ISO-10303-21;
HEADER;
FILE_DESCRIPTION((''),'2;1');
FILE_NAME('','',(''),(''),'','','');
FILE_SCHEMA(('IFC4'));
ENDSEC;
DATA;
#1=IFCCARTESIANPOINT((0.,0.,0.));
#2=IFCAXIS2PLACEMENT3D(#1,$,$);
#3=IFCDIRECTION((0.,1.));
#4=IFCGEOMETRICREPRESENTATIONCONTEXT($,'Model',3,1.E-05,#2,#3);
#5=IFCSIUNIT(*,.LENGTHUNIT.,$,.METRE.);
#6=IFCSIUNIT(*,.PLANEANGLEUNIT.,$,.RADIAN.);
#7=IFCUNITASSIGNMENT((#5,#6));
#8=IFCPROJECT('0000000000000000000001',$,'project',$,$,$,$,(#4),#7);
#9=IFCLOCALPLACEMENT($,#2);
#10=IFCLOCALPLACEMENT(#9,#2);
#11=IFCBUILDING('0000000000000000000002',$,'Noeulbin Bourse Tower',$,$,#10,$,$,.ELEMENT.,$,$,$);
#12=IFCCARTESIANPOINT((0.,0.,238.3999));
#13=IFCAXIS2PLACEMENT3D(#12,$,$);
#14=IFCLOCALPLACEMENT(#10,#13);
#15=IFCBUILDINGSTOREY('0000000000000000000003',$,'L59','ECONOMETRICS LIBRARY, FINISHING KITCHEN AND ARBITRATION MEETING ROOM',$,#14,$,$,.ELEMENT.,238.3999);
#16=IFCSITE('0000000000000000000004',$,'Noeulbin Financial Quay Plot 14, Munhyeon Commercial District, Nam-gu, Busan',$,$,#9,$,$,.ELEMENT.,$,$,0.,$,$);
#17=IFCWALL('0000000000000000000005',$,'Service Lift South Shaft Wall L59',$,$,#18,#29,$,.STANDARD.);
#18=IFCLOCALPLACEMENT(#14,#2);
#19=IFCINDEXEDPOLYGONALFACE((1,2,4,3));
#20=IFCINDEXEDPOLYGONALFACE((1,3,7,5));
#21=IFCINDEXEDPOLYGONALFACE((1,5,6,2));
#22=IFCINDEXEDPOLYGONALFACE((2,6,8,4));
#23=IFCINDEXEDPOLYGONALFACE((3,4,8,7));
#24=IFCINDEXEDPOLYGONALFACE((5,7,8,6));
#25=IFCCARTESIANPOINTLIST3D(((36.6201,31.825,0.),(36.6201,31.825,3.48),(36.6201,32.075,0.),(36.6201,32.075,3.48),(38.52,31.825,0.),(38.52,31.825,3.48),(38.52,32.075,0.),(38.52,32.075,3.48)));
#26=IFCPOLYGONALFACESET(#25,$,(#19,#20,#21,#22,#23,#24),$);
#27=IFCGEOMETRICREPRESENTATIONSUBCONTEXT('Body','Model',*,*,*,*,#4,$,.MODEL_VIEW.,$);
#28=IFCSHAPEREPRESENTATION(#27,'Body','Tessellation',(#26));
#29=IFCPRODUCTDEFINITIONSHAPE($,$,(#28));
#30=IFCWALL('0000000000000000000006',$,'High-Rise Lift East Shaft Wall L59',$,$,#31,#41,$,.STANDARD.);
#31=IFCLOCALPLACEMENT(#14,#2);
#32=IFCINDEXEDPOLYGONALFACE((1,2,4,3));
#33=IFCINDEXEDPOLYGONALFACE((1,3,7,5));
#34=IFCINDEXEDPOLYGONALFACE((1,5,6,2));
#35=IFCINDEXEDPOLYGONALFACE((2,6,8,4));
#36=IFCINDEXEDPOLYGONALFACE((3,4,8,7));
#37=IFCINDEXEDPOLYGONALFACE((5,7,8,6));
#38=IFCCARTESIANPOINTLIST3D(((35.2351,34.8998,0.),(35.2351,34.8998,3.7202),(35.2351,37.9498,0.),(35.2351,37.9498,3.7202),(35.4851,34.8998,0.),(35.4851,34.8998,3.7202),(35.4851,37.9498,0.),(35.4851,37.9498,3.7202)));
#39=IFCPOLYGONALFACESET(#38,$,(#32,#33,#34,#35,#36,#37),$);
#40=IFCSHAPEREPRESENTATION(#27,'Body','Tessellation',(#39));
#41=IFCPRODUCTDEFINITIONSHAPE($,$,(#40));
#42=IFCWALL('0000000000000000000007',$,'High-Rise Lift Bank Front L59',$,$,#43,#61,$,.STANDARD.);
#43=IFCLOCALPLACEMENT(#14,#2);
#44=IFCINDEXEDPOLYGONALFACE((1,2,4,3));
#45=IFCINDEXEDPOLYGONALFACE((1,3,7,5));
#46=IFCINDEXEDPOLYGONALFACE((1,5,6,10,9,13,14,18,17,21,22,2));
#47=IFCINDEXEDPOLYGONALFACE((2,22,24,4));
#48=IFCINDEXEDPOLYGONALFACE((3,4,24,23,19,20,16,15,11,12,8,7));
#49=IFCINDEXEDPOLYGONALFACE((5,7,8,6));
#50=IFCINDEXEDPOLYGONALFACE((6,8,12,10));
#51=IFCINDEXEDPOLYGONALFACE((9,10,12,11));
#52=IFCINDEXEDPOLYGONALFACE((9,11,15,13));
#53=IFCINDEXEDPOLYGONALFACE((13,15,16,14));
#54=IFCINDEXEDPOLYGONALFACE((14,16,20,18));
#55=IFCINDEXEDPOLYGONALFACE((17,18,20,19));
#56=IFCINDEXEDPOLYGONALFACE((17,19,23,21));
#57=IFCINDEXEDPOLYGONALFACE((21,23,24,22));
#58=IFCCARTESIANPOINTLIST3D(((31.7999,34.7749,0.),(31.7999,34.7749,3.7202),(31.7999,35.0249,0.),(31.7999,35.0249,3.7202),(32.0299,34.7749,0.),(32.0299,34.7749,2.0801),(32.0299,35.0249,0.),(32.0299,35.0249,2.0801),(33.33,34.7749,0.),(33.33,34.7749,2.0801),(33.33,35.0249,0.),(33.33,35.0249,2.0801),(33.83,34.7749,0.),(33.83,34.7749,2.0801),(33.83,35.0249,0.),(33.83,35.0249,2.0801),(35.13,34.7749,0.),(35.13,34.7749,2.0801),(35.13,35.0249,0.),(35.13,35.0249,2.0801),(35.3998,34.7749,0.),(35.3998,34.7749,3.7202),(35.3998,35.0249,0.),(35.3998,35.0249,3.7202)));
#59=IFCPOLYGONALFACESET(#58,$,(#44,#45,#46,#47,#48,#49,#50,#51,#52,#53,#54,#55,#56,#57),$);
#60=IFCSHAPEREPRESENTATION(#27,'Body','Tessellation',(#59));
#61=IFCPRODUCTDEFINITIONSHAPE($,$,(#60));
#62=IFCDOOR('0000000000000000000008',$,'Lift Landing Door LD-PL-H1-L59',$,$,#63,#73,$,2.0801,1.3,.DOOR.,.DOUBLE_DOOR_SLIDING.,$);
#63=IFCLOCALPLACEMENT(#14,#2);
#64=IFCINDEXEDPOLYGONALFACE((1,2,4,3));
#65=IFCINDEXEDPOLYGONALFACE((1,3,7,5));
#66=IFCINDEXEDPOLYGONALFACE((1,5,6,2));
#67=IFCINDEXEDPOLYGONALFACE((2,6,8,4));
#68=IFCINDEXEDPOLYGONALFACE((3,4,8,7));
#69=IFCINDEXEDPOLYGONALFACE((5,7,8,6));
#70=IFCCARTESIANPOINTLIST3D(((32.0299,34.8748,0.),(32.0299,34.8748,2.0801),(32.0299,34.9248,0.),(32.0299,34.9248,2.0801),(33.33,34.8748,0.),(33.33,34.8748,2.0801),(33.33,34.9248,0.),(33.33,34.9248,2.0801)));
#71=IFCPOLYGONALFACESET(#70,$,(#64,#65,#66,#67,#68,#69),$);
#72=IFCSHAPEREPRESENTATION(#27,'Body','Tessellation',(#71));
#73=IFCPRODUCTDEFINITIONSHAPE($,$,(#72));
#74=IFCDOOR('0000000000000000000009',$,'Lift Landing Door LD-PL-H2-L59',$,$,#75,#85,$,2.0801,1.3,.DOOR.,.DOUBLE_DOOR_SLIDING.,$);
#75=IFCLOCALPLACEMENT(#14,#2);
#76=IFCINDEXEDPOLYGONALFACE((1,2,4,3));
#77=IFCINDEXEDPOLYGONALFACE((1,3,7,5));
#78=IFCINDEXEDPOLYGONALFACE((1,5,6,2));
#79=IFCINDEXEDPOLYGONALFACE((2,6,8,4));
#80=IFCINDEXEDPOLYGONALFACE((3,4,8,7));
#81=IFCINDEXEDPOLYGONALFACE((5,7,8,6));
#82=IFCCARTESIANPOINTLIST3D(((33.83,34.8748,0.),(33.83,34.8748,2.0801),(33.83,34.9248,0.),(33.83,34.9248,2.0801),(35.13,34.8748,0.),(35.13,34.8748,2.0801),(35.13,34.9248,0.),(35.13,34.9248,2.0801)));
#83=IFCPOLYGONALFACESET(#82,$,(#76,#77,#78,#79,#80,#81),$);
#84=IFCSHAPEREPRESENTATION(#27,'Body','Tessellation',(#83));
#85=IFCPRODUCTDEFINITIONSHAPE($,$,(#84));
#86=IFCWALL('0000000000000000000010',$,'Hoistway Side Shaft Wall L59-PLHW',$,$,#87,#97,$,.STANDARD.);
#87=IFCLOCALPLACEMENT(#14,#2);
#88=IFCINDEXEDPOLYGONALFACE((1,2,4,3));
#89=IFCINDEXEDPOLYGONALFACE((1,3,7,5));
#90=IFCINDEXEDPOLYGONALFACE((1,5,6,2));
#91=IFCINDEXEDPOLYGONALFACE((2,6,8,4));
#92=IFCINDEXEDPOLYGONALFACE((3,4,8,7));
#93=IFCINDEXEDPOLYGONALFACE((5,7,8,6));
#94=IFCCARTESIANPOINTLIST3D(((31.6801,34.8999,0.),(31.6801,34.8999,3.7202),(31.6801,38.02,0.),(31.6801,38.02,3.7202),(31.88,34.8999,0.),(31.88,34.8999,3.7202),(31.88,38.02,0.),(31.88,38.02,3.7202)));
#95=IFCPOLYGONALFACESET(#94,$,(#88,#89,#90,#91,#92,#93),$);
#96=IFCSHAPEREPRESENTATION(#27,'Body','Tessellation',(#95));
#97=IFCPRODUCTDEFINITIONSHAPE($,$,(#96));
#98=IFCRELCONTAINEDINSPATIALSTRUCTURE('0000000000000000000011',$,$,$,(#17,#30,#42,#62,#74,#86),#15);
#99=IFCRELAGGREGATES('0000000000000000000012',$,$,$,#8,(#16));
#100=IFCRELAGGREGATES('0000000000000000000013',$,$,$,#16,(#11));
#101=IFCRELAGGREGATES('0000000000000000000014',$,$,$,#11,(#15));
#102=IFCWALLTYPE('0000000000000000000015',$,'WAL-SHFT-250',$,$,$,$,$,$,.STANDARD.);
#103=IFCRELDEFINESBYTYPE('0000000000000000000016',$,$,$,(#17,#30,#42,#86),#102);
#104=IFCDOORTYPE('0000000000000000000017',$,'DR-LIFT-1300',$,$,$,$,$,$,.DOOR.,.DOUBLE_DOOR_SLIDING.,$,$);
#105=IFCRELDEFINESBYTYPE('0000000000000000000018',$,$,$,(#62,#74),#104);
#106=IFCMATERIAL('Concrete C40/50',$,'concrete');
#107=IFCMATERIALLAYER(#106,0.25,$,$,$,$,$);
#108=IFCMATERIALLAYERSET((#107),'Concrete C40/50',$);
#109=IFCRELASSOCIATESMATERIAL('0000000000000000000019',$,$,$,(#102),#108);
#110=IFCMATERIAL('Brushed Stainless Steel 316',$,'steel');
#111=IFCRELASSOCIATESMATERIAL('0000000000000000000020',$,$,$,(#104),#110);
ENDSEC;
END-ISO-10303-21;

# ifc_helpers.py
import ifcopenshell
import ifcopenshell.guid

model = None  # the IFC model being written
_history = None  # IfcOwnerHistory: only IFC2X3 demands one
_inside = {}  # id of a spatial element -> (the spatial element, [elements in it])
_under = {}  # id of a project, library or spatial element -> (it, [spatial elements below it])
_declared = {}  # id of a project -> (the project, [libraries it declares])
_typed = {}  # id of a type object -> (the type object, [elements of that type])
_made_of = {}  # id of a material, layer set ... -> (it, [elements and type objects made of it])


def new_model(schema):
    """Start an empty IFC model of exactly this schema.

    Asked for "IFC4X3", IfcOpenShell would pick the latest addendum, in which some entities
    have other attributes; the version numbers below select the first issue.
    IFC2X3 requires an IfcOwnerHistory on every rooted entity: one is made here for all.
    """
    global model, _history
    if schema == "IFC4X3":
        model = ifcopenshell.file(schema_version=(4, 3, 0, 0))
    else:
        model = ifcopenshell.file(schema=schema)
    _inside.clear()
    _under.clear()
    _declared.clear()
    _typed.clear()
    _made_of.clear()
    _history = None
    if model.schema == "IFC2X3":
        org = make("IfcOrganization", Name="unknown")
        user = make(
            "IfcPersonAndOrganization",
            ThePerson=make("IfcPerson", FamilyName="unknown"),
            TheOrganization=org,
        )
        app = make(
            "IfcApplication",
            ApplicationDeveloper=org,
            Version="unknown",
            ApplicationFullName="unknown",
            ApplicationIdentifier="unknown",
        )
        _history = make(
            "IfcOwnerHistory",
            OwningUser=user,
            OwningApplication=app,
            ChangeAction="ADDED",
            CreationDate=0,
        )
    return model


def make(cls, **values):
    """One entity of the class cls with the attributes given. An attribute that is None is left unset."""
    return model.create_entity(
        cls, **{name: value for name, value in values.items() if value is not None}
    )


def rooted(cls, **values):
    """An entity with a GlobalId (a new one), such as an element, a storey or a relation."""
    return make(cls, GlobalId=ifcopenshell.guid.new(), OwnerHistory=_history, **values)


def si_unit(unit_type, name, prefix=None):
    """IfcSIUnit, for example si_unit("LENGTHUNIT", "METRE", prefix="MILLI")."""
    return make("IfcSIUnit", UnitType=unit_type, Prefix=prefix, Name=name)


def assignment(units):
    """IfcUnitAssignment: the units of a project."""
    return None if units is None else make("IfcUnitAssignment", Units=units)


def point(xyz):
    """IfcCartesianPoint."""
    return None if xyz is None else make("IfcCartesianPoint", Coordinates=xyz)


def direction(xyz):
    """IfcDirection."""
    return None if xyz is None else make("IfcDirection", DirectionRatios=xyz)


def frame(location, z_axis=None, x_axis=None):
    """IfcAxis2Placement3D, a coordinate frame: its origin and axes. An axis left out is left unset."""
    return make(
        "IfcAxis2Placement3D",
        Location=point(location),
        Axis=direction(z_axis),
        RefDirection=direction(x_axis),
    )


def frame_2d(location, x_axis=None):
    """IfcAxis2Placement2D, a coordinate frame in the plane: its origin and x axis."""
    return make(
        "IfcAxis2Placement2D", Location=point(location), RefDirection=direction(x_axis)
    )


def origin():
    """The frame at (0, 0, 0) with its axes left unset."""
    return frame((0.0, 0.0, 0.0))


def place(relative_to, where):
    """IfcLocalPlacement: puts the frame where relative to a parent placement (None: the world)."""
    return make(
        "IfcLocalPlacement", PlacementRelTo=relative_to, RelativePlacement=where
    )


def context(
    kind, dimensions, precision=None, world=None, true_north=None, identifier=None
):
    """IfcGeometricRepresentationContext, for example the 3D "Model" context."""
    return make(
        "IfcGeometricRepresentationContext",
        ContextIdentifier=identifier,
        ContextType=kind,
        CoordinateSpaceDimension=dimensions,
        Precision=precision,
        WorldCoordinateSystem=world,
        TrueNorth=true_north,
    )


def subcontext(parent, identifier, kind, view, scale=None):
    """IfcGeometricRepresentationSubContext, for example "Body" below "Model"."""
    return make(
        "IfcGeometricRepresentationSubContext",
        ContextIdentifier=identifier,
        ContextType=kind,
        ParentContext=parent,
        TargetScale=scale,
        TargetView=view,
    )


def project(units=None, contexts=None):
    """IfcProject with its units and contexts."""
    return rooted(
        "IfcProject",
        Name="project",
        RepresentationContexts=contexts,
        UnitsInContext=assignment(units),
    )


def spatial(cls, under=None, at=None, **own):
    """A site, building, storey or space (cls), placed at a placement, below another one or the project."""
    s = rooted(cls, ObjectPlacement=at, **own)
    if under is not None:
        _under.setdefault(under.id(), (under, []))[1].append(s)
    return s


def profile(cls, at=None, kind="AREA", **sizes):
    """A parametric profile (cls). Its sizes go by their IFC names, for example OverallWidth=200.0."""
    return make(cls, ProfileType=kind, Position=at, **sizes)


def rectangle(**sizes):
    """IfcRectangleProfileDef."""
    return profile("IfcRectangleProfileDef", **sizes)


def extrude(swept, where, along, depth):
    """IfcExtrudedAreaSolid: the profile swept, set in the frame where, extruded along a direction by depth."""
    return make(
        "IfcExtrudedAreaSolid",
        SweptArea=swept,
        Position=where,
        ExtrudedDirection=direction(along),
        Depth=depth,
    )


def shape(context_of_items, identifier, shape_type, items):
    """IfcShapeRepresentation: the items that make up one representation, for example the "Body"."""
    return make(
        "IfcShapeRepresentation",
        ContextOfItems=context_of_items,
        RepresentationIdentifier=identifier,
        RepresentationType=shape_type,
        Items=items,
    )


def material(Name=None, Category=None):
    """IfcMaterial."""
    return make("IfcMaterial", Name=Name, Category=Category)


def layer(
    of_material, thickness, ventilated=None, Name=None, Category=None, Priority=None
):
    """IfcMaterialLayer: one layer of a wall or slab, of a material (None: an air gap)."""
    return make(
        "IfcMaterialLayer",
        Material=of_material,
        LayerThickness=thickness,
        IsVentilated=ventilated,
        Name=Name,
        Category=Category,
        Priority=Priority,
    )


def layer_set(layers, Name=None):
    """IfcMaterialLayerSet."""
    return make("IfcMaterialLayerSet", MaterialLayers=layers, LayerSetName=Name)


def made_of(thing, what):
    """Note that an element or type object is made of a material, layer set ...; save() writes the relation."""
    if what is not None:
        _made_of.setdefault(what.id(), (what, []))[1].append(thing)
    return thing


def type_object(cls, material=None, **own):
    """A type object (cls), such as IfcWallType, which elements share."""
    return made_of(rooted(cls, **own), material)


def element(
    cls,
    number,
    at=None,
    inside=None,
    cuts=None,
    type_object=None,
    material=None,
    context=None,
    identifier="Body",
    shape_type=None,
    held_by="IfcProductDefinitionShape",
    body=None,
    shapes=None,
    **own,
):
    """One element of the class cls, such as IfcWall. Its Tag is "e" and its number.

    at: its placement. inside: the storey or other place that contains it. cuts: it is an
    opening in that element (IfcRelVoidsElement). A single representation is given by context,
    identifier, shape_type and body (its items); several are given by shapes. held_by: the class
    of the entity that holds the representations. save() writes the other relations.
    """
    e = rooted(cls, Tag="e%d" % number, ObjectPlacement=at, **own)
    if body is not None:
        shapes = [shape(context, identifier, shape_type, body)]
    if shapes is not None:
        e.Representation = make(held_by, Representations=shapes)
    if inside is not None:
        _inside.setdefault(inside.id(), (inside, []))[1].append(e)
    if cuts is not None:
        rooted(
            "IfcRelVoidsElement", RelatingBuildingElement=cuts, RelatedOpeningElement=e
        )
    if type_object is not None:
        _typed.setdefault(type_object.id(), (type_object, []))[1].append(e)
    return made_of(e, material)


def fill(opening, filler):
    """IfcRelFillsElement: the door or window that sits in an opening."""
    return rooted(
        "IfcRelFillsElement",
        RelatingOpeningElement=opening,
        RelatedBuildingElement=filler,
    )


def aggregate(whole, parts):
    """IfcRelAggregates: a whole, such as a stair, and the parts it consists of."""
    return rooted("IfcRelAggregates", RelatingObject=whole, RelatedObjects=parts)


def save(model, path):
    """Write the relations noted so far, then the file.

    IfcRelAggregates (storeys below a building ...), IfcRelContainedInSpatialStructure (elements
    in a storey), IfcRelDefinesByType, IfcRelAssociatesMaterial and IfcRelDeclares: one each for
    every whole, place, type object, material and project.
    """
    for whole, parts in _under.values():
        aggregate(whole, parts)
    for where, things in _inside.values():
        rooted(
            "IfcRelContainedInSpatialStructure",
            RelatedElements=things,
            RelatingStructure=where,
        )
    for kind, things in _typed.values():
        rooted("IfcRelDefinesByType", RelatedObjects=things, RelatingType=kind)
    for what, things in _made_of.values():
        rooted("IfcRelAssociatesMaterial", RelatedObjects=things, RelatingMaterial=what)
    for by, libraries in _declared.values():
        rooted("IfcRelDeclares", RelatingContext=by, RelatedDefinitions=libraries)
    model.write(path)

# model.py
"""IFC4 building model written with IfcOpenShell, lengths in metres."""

from ifc_helpers import new_model, si_unit, direction, frame, frame_2d, origin, place, context, subcontext, project, spatial, rectangle, extrude, material, layer, layer_set, type_object, element, fill, save


model = new_model("IFC4")

# Units and contexts
model_context = context("Model", 3, precision=1e-05, world=origin(), true_north=direction((0.0, 1.0)))
body_context = subcontext(model_context, "Body", "Model", "MODEL_VIEW")
ifc_project = project(units=[si_unit("LENGTHUNIT", "METRE"), si_unit("PLANEANGLEUNIT", "RADIAN")], contexts=[model_context])

# Site, building, storey
site_placement = place(None, origin())
site = spatial("IfcSite", under=ifc_project, at=site_placement, Name="Noeulbin Financial Quay Plot 14, Munhyeon Commercial District, Nam-gu, Busan", CompositionType="ELEMENT", RefElevation=0.0)
building_placement = place(site_placement, origin())
building = spatial("IfcBuilding", under=site, at=building_placement, Name="Noeulbin Bourse Tower", CompositionType="ELEMENT")
storey_placement = place(building_placement, frame((0.0, 0.0, 238.3999)))
storey = spatial("IfcBuildingStorey", under=building, at=storey_placement, Name="L59", Description="ECONOMETRICS LIBRARY, FINISHING KITCHEN AND ARBITRATION MEETING ROOM", CompositionType="ELEMENT", Elevation=238.3999)

# Walls
ifc_material_1 = material(Name="Concrete C40/50", Category="concrete")
ifc_layer_1 = layer(ifc_material_1, 0.25)
ifc_layer_set_1 = layer_set([ifc_layer_1], Name="Concrete C40/50")
wall_type = type_object("IfcWallType", Name="WAL-SHFT-250", PredefinedType="STANDARD", material=ifc_layer_set_1)
wall_1_placement = place(storey_placement, frame((36.6201, 31.95, 0.0), z_axis=(0.0, 0.0, 1.0), x_axis=(1.0, 0.0, 0.0)))
element("IfcWall", 1, at=wall_1_placement, inside=storey, type_object=wall_type, Name="Service Lift South Shaft Wall L59", PredefinedType="STANDARD", context=body_context, shape_type="SweptSolid", body=[
    extrude(rectangle(XDim=1.8999, YDim=0.25, at=frame_2d((0.95, 0.0))), origin(), (0.0, 0.0, 1.0), 3.48),
])
wall_2_placement = place(storey_placement, frame((35.3601, 34.8999, 0.0), z_axis=(0.0, 0.0, 1.0), x_axis=(0.0, 1.0, 0.0)))
element("IfcWall", 2, at=wall_2_placement, inside=storey, type_object=wall_type, Name="High-Rise Lift East Shaft Wall L59", PredefinedType="STANDARD", context=body_context, shape_type="SweptSolid", body=[
    extrude(rectangle(XDim=3.05, YDim=0.25, at=frame_2d((1.5249, 0.0))), origin(), (0.0, 0.0, 1.0), 3.7202),
])

# Wall, openings, doors
wall_3_placement = place(storey_placement, frame((31.8, 34.8999, 0.0), z_axis=(0.0, 0.0, 1.0), x_axis=(1.0, 0.0, 0.0)))
wall_3 = element("IfcWall", 3, at=wall_3_placement, inside=storey, type_object=wall_type, Name="High-Rise Lift Bank Front L59", PredefinedType="STANDARD", context=body_context, shape_type="SweptSolid", body=[
    extrude(rectangle(XDim=3.5999, YDim=0.25, at=frame_2d((1.7998, 0.0))), origin(), (0.0, 0.0, 1.0), 3.7202),
])
opening_1_placement = place(wall_3_placement, frame((0.23, 0.0, 0.0)))
opening_1 = element("IfcOpeningElement", 4, at=opening_1_placement, cuts=wall_3, PredefinedType="OPENING", context=body_context, shape_type="SweptSolid", body=[
    extrude(rectangle(XDim=1.3, YDim=2.0801, at=frame_2d((0.6499, 1.04))), frame((0.0, 0.135, 0.0), z_axis=(0.0, -1.0, 0.0), x_axis=(1.0, 0.0, 0.0)), (0.0, 0.0, 1.0), 0.27),
])
opening_2_placement = place(wall_3_placement, frame((2.03, 0.0, 0.0)))
opening_2 = element("IfcOpeningElement", 5, at=opening_2_placement, cuts=wall_3, PredefinedType="OPENING", context=body_context, shape_type="SweptSolid", body=[
    extrude(rectangle(XDim=1.3, YDim=2.0801, at=frame_2d((0.6499, 1.04))), frame((0.0, 0.135, 0.0), z_axis=(0.0, -1.0, 0.0), x_axis=(1.0, 0.0, 0.0)), (0.0, 0.0, 1.0), 0.27),
])
ifc_material_2 = material(Name="Brushed Stainless Steel 316", Category="steel")
door_type = type_object("IfcDoorType", Name="DR-LIFT-1300", OperationType="DOUBLE_DOOR_SLIDING", PredefinedType="DOOR", material=ifc_material_2)
door_1_placement = place(opening_1_placement, origin())
door_1 = element("IfcDoor", 6, at=door_1_placement, inside=storey, type_object=door_type, Name="Lift Landing Door LD-PL-H1-L59", OperationType="DOUBLE_DOOR_SLIDING", OverallHeight=2.0801, OverallWidth=1.3, PredefinedType="DOOR", context=body_context, shape_type="SweptSolid", body=[
    extrude(rectangle(XDim=1.3, YDim=2.0801, at=frame_2d((0.6499, 1.04))), frame((0.0, 0.0249, 0.0), z_axis=(0.0, -1.0, 0.0), x_axis=(1.0, 0.0, 0.0)), (0.0, 0.0, 1.0), 0.05),
])
fill(opening_1, door_1)
door_2_placement = place(opening_2_placement, origin())
door_2 = element("IfcDoor", 7, at=door_2_placement, inside=storey, type_object=door_type, Name="Lift Landing Door LD-PL-H2-L59", OperationType="DOUBLE_DOOR_SLIDING", OverallHeight=2.0801, OverallWidth=1.3, PredefinedType="DOOR", context=body_context, shape_type="SweptSolid", body=[
    extrude(rectangle(XDim=1.3, YDim=2.0801, at=frame_2d((0.6499, 1.04))), frame((0.0, 0.0249, 0.0), z_axis=(0.0, -1.0, 0.0), x_axis=(1.0, 0.0, 0.0)), (0.0, 0.0, 1.0), 0.05),
])
fill(opening_2, door_2)

# Wall
wall_4_placement = place(storey_placement, frame((31.78, 34.8999, 0.0), z_axis=(0.0, 0.0, 1.0), x_axis=(0.0, 1.0, 0.0)))
element("IfcWall", 8, at=wall_4_placement, inside=storey, type_object=wall_type, Name="Hoistway Side Shaft Wall L59-PLHW", PredefinedType="STANDARD", context=body_context, shape_type="SweptSolid", body=[
    extrude(rectangle(XDim=3.1201, YDim=0.2, at=frame_2d((1.5601, 0.0))), origin(), (0.0, 0.0, 1.0), 3.7202),
])

save(model, "model.ifc")
